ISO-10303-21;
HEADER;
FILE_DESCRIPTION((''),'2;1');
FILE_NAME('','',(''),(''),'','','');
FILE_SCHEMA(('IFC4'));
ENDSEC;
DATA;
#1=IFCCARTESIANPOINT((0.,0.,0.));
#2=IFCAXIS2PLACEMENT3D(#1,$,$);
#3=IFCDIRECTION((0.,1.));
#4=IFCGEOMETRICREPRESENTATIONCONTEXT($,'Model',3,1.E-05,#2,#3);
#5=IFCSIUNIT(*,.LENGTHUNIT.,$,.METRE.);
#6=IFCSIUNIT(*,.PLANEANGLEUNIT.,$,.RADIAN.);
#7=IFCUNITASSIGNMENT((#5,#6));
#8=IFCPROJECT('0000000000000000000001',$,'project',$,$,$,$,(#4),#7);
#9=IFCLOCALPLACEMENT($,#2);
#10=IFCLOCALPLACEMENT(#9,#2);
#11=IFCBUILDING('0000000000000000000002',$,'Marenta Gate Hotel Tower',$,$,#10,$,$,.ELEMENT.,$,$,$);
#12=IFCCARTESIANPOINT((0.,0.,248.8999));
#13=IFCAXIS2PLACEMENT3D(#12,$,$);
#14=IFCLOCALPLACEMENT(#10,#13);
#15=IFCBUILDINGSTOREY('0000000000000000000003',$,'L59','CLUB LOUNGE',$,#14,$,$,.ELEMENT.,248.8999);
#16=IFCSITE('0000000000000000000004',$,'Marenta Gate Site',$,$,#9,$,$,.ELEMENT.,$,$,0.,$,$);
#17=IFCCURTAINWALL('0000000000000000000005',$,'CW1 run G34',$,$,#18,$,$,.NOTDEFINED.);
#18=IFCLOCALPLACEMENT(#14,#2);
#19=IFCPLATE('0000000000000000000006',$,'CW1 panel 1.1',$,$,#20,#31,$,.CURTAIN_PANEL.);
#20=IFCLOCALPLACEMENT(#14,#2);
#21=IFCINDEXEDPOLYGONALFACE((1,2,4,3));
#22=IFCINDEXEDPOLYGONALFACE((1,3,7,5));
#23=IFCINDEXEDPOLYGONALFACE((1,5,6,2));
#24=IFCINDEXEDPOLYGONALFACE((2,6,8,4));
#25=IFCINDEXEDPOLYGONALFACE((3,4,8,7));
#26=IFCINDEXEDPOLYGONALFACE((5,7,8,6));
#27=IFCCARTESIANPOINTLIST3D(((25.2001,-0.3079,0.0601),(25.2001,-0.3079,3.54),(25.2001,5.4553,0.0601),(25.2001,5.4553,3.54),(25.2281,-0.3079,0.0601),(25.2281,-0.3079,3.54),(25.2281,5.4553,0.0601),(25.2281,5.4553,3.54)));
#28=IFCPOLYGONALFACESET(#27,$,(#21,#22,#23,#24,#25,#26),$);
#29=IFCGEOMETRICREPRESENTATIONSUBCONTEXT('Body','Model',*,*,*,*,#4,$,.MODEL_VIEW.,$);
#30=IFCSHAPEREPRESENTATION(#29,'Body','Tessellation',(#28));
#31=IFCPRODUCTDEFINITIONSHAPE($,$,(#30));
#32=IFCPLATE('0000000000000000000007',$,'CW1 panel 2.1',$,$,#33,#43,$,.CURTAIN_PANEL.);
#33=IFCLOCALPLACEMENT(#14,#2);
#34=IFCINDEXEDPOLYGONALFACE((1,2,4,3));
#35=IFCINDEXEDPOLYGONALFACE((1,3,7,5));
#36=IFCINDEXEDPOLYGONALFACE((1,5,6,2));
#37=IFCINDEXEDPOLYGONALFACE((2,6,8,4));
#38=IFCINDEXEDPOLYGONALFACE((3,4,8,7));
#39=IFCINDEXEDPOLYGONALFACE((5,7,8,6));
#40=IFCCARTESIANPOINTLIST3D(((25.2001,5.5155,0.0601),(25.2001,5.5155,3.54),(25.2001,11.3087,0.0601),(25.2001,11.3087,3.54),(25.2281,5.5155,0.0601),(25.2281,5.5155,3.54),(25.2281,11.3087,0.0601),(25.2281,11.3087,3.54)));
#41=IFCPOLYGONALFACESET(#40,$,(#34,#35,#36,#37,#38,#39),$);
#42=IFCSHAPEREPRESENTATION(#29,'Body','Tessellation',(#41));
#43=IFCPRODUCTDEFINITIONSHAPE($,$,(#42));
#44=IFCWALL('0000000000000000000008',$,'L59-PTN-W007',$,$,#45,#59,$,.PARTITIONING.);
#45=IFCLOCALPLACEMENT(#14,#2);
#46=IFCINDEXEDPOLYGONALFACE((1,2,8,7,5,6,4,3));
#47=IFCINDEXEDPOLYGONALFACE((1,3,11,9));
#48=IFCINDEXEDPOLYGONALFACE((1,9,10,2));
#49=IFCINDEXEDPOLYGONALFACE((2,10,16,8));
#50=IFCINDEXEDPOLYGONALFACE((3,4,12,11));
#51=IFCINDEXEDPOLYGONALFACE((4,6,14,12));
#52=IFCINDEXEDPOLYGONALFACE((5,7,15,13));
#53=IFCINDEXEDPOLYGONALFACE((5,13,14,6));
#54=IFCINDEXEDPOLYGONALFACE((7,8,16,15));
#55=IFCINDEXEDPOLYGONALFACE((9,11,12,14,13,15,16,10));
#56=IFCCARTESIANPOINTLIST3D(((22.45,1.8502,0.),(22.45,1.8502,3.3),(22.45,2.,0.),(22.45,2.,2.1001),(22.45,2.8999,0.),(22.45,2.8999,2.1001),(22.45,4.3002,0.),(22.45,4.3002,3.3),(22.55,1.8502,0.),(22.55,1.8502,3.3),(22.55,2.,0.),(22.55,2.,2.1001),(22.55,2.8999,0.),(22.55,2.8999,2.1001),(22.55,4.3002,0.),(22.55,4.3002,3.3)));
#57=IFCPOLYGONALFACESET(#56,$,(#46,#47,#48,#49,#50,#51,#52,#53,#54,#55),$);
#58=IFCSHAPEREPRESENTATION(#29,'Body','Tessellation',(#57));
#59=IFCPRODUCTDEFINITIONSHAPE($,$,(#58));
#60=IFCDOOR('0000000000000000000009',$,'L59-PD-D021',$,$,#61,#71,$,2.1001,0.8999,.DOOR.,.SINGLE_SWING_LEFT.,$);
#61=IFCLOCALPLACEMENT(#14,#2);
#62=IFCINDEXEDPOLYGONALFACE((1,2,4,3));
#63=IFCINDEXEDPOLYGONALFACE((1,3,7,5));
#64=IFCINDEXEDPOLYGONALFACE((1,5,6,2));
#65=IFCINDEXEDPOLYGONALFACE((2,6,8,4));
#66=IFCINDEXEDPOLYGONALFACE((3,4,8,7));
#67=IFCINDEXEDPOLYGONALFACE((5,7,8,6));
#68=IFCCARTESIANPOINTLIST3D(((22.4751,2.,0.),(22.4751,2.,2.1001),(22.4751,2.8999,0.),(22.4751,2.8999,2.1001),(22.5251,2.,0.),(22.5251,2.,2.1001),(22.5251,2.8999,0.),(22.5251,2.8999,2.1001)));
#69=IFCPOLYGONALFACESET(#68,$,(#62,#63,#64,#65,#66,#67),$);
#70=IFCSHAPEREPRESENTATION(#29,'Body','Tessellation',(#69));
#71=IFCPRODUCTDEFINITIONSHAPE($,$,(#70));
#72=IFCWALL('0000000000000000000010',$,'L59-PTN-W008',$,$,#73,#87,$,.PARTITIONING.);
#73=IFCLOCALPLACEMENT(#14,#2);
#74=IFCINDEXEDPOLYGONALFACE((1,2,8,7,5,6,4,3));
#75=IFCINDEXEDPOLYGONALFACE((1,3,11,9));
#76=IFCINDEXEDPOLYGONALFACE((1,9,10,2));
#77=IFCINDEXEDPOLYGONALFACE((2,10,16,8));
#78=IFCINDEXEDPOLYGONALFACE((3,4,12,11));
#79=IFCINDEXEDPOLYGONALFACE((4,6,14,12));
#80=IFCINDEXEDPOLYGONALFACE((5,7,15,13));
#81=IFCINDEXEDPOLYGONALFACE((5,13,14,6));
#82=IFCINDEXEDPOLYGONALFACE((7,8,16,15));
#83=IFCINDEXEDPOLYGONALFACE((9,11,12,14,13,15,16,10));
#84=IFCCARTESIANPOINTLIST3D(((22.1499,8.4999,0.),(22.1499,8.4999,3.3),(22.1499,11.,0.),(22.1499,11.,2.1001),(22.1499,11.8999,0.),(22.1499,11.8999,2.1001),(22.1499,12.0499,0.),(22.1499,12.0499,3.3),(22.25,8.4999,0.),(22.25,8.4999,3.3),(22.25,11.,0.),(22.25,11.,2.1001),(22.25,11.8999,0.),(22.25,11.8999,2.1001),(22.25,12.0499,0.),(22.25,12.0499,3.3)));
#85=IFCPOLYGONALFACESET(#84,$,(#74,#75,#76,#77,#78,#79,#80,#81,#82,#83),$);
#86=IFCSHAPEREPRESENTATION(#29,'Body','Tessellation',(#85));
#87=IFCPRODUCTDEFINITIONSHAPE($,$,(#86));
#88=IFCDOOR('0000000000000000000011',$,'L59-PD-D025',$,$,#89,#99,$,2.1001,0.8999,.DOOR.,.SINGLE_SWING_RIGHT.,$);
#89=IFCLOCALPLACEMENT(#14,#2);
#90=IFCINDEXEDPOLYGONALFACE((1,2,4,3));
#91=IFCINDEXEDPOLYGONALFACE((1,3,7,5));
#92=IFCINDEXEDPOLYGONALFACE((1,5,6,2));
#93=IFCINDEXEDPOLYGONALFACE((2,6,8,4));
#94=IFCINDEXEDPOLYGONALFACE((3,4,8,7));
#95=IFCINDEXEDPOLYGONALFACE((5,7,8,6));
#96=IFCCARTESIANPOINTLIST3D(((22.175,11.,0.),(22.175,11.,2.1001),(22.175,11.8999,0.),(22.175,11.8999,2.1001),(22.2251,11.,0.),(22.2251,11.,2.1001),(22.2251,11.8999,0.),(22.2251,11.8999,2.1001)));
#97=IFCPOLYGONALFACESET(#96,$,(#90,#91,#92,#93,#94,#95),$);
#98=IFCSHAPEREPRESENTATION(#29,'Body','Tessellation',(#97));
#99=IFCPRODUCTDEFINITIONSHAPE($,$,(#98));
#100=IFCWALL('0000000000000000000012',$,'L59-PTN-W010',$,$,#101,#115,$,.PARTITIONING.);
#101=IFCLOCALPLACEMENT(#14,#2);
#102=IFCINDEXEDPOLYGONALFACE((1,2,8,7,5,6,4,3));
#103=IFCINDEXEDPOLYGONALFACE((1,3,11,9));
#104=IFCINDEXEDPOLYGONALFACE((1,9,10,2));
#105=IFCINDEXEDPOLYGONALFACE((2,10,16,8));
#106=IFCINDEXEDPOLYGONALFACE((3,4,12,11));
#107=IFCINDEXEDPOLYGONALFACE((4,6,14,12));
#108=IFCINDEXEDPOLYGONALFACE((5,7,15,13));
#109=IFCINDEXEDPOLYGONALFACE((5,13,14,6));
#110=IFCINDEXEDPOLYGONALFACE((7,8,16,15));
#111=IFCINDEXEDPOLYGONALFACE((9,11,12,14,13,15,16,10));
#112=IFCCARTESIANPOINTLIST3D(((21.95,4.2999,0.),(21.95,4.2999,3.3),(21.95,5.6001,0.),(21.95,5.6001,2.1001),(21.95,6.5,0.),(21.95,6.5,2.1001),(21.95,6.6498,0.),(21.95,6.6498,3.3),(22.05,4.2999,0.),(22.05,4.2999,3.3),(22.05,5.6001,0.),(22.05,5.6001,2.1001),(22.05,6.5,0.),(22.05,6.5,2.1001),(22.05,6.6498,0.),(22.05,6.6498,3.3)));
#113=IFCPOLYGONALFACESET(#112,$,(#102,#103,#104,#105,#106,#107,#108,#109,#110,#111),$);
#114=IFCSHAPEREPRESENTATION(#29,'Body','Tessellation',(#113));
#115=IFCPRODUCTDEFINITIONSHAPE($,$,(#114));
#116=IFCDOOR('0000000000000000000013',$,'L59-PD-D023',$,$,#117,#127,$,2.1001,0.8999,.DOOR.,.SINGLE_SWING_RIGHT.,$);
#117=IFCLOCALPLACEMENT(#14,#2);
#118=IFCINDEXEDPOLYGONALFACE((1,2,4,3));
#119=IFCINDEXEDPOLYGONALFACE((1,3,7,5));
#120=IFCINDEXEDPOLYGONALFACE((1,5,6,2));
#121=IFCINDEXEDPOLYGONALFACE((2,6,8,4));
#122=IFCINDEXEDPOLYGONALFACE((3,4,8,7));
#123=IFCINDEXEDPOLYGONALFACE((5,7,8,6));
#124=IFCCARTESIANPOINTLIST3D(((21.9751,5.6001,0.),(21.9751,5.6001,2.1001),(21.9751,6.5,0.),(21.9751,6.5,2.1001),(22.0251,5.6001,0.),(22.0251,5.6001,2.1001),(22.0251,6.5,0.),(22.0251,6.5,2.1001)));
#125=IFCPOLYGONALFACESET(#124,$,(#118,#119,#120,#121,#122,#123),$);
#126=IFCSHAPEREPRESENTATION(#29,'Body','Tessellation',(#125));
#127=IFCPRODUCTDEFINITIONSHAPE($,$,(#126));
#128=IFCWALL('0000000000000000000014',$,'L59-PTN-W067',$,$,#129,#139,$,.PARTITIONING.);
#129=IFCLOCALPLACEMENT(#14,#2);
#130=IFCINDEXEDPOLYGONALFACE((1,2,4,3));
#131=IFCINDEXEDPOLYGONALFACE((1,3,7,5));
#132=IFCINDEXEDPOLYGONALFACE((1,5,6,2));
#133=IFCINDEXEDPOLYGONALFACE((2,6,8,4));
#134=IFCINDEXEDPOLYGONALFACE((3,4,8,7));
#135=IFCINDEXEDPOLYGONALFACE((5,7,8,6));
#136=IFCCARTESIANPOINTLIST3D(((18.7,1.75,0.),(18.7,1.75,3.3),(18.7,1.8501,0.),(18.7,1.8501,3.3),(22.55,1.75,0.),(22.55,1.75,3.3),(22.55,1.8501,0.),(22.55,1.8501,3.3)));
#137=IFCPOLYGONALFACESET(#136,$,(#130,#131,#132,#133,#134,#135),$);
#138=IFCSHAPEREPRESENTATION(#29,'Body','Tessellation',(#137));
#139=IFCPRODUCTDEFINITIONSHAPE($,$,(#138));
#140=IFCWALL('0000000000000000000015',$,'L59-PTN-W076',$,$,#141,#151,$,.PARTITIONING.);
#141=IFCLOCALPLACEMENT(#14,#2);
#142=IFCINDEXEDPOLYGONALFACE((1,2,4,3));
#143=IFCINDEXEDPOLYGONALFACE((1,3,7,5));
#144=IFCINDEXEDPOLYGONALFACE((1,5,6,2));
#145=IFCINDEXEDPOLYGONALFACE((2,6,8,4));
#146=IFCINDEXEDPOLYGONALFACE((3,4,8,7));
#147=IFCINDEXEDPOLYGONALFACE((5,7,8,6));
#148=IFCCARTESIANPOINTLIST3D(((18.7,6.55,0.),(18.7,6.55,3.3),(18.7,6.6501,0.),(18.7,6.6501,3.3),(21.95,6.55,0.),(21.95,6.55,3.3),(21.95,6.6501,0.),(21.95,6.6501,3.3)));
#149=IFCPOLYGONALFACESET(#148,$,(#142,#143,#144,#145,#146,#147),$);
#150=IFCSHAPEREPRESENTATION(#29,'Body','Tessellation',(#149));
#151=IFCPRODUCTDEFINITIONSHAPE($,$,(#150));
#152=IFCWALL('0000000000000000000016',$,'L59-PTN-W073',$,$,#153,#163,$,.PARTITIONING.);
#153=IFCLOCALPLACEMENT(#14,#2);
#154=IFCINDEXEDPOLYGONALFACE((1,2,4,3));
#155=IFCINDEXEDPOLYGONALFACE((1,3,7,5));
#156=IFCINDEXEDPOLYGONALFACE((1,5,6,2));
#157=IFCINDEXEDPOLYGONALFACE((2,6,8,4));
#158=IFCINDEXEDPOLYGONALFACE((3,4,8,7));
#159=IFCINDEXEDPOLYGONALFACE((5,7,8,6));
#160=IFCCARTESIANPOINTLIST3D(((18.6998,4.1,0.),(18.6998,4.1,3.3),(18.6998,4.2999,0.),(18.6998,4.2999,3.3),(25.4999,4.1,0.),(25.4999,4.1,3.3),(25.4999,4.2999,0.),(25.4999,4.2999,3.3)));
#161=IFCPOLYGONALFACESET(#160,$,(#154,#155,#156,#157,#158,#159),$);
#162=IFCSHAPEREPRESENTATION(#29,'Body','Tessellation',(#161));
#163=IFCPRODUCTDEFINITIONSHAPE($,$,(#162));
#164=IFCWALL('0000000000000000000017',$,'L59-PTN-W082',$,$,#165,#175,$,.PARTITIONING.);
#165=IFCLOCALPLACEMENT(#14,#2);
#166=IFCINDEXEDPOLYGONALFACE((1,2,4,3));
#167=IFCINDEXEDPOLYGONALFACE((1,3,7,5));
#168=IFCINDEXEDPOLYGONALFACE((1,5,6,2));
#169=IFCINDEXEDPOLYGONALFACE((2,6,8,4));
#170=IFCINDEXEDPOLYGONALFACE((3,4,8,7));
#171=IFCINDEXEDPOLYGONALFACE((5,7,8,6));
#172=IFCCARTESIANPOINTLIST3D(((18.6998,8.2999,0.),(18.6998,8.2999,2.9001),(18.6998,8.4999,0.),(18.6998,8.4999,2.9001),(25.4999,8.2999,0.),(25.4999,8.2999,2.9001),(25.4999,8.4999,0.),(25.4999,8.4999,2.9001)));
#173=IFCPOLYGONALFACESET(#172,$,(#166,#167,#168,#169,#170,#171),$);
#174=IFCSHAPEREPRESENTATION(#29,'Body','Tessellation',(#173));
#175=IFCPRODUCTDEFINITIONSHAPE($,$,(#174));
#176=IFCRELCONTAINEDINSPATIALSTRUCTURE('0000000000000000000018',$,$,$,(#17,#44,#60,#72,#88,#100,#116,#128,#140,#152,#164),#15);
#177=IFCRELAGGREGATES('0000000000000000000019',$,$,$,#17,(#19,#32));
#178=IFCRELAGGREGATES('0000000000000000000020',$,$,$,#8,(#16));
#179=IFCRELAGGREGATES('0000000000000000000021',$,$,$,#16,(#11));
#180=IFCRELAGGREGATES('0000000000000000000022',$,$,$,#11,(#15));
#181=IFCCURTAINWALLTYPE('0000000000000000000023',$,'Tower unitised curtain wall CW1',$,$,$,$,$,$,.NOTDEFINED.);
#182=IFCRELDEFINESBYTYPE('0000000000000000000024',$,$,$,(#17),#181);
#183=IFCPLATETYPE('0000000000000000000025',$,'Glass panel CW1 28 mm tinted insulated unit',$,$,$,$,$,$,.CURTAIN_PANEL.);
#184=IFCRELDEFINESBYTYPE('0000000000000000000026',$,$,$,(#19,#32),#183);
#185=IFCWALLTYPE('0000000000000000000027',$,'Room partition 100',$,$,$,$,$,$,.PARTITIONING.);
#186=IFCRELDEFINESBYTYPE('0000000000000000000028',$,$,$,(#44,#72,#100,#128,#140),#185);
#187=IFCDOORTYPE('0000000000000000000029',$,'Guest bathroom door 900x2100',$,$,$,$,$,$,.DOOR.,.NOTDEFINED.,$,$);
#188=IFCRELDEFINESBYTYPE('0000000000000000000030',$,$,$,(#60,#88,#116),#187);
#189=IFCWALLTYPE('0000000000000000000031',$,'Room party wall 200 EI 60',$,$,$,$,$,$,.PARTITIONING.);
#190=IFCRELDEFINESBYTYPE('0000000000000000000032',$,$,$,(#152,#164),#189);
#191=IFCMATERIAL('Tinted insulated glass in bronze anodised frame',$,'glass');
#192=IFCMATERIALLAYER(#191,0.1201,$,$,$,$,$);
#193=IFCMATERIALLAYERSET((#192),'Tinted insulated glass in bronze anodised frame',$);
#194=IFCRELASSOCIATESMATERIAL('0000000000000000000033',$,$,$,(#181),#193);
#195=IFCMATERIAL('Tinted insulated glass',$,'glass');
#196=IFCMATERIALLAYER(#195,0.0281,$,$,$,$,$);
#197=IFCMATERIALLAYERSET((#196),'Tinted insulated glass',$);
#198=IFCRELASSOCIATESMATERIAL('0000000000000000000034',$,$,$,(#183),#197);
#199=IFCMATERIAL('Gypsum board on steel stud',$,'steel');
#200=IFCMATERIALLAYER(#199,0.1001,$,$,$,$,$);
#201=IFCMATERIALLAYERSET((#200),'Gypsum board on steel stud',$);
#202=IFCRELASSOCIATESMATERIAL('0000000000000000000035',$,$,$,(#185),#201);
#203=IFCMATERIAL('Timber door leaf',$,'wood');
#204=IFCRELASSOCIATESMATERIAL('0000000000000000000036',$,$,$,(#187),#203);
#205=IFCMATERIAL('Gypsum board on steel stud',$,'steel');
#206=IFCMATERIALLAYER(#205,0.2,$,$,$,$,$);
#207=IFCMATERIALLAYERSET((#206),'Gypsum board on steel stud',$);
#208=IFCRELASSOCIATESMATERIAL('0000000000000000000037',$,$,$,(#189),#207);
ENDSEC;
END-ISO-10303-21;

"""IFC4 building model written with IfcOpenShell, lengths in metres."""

from ifc_helpers import new_model, si_unit, direction, frame, frame_2d, origin, origin_2d, place, context, subcontext, project, spatial, rectangle, extrude, material, layer, layer_set, type_object, element, fill, aggregate, save


model = new_model("IFC4")

# Units and contexts
model_context = context("Model", 3, precision=1e-05, world=origin(), true_north=direction((0.0, 1.0)))
body_context = subcontext(model_context, "Body", "Model", "MODEL_VIEW")
ifc_project = project(units=[si_unit("LENGTHUNIT", "METRE"), si_unit("PLANEANGLEUNIT", "RADIAN")], contexts=[model_context])

# Site, building, storey
site_placement = place(None, origin())
site = spatial("IfcSite", under=ifc_project, at=site_placement, Name="Marenta Gate Site", CompositionType="ELEMENT", RefElevation=0.0)
building_placement = place(site_placement, origin())
building = spatial("IfcBuilding", under=site, at=building_placement, Name="Marenta Gate Hotel Tower", CompositionType="ELEMENT")
storey_placement = place(building_placement, frame((0.0, 0.0, 248.8999)))
storey = spatial("IfcBuildingStorey", under=building, at=storey_placement, Name="L59", Description="CLUB LOUNGE", CompositionType="ELEMENT", Elevation=248.8999)

# Curtain wall, plates
ifc_material_1 = material(Name="Tinted insulated glass in bronze anodised frame", Category="glass")
ifc_layer_1 = layer(ifc_material_1, 0.1201)
ifc_layer_set_1 = layer_set([ifc_layer_1], Name="Tinted insulated glass in bronze anodised frame")
curtain_wall_type = type_object("IfcCurtainWallType", Name="Tower unitised curtain wall CW1", PredefinedType="NOTDEFINED", material=ifc_layer_set_1)
curtain_wall_placement = place(storey_placement, origin())
curtain_wall = element("IfcCurtainWall", 1, at=curtain_wall_placement, inside=storey, type_object=curtain_wall_type, Name="CW1 run G34", PredefinedType="NOTDEFINED")
ifc_material_2 = material(Name="Tinted insulated glass", Category="glass")
ifc_layer_2 = layer(ifc_material_2, 0.0281)
ifc_layer_set_2 = layer_set([ifc_layer_2], Name="Tinted insulated glass")
plate_type = type_object("IfcPlateType", Name="Glass panel CW1 28 mm tinted insulated unit", PredefinedType="CURTAIN_PANEL", material=ifc_layer_set_2)
plate_1_placement = place(storey_placement, frame((25.2141, 2.5737, 0.0601), z_axis=(0.0, 0.0, 1.0), x_axis=(0.0, 1.0, 0.0)))
plate_1 = element("IfcPlate", 2, at=plate_1_placement, type_object=plate_type, Name="CW1 panel 1.1", PredefinedType="CURTAIN_PANEL", context=body_context, shape_type="SweptSolid", body=[
    extrude(rectangle(XDim=5.7632, YDim=0.0281, at=origin_2d()), origin(), (0.0, 0.0, 1.0), 3.48),
])
plate_2_placement = place(storey_placement, frame((25.2141, 8.4121, 0.0601), z_axis=(0.0, 0.0, 1.0), x_axis=(0.0, 1.0, 0.0)))
plate_2 = element("IfcPlate", 3, at=plate_2_placement, type_object=plate_type, Name="CW1 panel 2.1", PredefinedType="CURTAIN_PANEL", context=body_context, shape_type="SweptSolid", body=[
    extrude(rectangle(XDim=5.7932, YDim=0.0281, at=origin_2d()), origin(), (0.0, 0.0, 1.0), 3.48),
])
aggregate(curtain_wall, [plate_1, plate_2])

# Walls, openings, doors
ifc_material_3 = material(Name="Gypsum board on steel stud", Category="steel")
ifc_layer_3 = layer(ifc_material_3, 0.1001)
ifc_layer_set_3 = layer_set([ifc_layer_3], Name="Gypsum board on steel stud")
wall_type_1 = type_object("IfcWallType", Name="Room partition 100", PredefinedType="PARTITIONING", material=ifc_layer_set_3)
wall_1_placement = place(storey_placement, frame((22.5, 1.8501, 0.0), z_axis=(0.0, 0.0, 1.0), x_axis=(0.0, 1.0, 0.0)))
wall_1 = element("IfcWall", 4, at=wall_1_placement, inside=storey, type_object=wall_type_1, Name="L59-PTN-W007", PredefinedType="PARTITIONING", context=body_context, shape_type="SweptSolid", body=[
    extrude(rectangle(XDim=2.45, YDim=0.1001, at=frame_2d((1.2251, 0.0))), origin(), (0.0, 0.0, 1.0), 3.3),
])
opening_1_placement = place(wall_1_placement, frame((0.1499, 0.0, 0.0)))
opening_1 = element("IfcOpeningElement", 5, at=opening_1_placement, cuts=wall_1, PredefinedType="OPENING", context=body_context, shape_type="SweptSolid", body=[
    extrude(rectangle(XDim=0.8999, YDim=2.1001, at=frame_2d((0.45, 1.05))), frame((0.0, 0.05, 0.0), z_axis=(0.0, -1.0, 0.0), x_axis=(1.0, 0.0, 0.0)), (0.0, 0.0, 1.0), 0.1001),
])
ifc_material_4 = material(Name="Timber door leaf", Category="wood")
door_type = type_object("IfcDoorType", Name="Guest bathroom door 900x2100", OperationType="NOTDEFINED", PredefinedType="DOOR", material=ifc_material_4)
door_1_placement = place(opening_1_placement, origin())
door_1 = element("IfcDoor", 6, at=door_1_placement, inside=storey, type_object=door_type, Name="L59-PD-D021", OperationType="SINGLE_SWING_LEFT", OverallHeight=2.1001, OverallWidth=0.8999, PredefinedType="DOOR", context=body_context, shape_type="SweptSolid", body=[
    extrude(rectangle(XDim=0.8999, YDim=2.1001, at=frame_2d((0.45, 1.05))), frame((0.0, 0.0249, 0.0), z_axis=(0.0, -1.0, 0.0), x_axis=(1.0, 0.0, 0.0)), (0.0, 0.0, 1.0), 0.05),
])
fill(opening_1, door_1)
wall_2_placement = place(storey_placement, frame((22.2, 8.5, 0.0), z_axis=(0.0, 0.0, 1.0), x_axis=(0.0, 1.0, 0.0)))
wall_2 = element("IfcWall", 7, at=wall_2_placement, inside=storey, type_object=wall_type_1, Name="L59-PTN-W008", PredefinedType="PARTITIONING", context=body_context, shape_type="SweptSolid", body=[
    extrude(rectangle(XDim=3.55, YDim=0.1001, at=frame_2d((1.7749, 0.0))), origin(), (0.0, 0.0, 1.0), 3.3),
])
opening_2_placement = place(wall_2_placement, frame((2.5, 0.0, 0.0)))
opening_2 = element("IfcOpeningElement", 8, at=opening_2_placement, cuts=wall_2, PredefinedType="OPENING", context=body_context, shape_type="SweptSolid", body=[
    extrude(rectangle(XDim=0.8999, YDim=2.1001, at=frame_2d((0.45, 1.05))), frame((0.0, 0.05, 0.0), z_axis=(0.0, -1.0, 0.0), x_axis=(1.0, 0.0, 0.0)), (0.0, 0.0, 1.0), 0.1001),
])
door_2_placement = place(opening_2_placement, origin())
door_2 = element("IfcDoor", 9, at=door_2_placement, inside=storey, type_object=door_type, Name="L59-PD-D025", OperationType="SINGLE_SWING_RIGHT", OverallHeight=2.1001, OverallWidth=0.8999, PredefinedType="DOOR", context=body_context, shape_type="SweptSolid", body=[
    extrude(rectangle(XDim=0.8999, YDim=2.1001, at=frame_2d((0.45, 1.05))), frame((0.0, 0.0249, 0.0), z_axis=(0.0, -1.0, 0.0), x_axis=(1.0, 0.0, 0.0)), (0.0, 0.0, 1.0), 0.05),
])
fill(opening_2, door_2)
wall_3_placement = place(storey_placement, frame((22.0, 4.3, 0.0), z_axis=(0.0, 0.0, 1.0), x_axis=(0.0, 1.0, 0.0)))
wall_3 = element("IfcWall", 10, at=wall_3_placement, inside=storey, type_object=wall_type_1, Name="L59-PTN-W010", PredefinedType="PARTITIONING", context=body_context, shape_type="SweptSolid", body=[
    extrude(rectangle(XDim=2.3499, YDim=0.1001, at=frame_2d((1.1748, 0.0))), origin(), (0.0, 0.0, 1.0), 3.3),
])
opening_3_placement = place(wall_3_placement, frame((1.3, 0.0, 0.0)))
opening_3 = element("IfcOpeningElement", 11, at=opening_3_placement, cuts=wall_3, PredefinedType="OPENING", context=body_context, shape_type="SweptSolid", body=[
    extrude(rectangle(XDim=0.8999, YDim=2.1001, at=frame_2d((0.45, 1.05))), frame((0.0, 0.05, 0.0), z_axis=(0.0, -1.0, 0.0), x_axis=(1.0, 0.0, 0.0)), (0.0, 0.0, 1.0), 0.1001),
])
door_3_placement = place(opening_3_placement, origin())
door_3 = element("IfcDoor", 12, at=door_3_placement, inside=storey, type_object=door_type, Name="L59-PD-D023", OperationType="SINGLE_SWING_RIGHT", OverallHeight=2.1001, OverallWidth=0.8999, PredefinedType="DOOR", context=body_context, shape_type="SweptSolid", body=[
    extrude(rectangle(XDim=0.8999, YDim=2.1001, at=frame_2d((0.45, 1.05))), frame((0.0, 0.0249, 0.0), z_axis=(0.0, -1.0, 0.0), x_axis=(1.0, 0.0, 0.0)), (0.0, 0.0, 1.0), 0.05),
])
fill(opening_3, door_3)

# Walls
wall_4_placement = place(storey_placement, frame((18.7, 1.8, 0.0), z_axis=(0.0, 0.0, 1.0), x_axis=(1.0, 0.0, 0.0)))
element("IfcWall", 13, at=wall_4_placement, inside=storey, type_object=wall_type_1, Name="L59-PTN-W067", PredefinedType="PARTITIONING", context=body_context, shape_type="SweptSolid", body=[
    extrude(rectangle(XDim=3.8501, YDim=0.1001, at=frame_2d((1.925, 0.0))), origin(), (0.0, 0.0, 1.0), 3.3),
])
wall_5_placement = place(storey_placement, frame((18.7, 6.6001, 0.0), z_axis=(0.0, 0.0, 1.0), x_axis=(1.0, 0.0, 0.0)))
element("IfcWall", 14, at=wall_5_placement, inside=storey, type_object=wall_type_1, Name="L59-PTN-W076", PredefinedType="PARTITIONING", context=body_context, shape_type="SweptSolid", body=[
    extrude(rectangle(XDim=3.25, YDim=0.1001, at=frame_2d((1.625, 0.0))), origin(), (0.0, 0.0, 1.0), 3.3),
])
ifc_material_5 = material(Name="Gypsum board on steel stud", Category="steel")
ifc_layer_4 = layer(ifc_material_5, 0.2)
ifc_layer_set_4 = layer_set([ifc_layer_4], Name="Gypsum board on steel stud")
wall_type_2 = type_object("IfcWallType", Name="Room party wall 200 EI 60", PredefinedType="PARTITIONING", material=ifc_layer_set_4)
wall_6_placement = place(storey_placement, frame((18.7, 4.2, 0.0), z_axis=(0.0, 0.0, 1.0), x_axis=(1.0, 0.0, 0.0)))
element("IfcWall", 15, at=wall_6_placement, inside=storey, type_object=wall_type_2, Name="L59-PTN-W073", PredefinedType="PARTITIONING", context=body_context, shape_type="SweptSolid", body=[
    extrude(rectangle(XDim=6.8, YDim=0.2, at=frame_2d((3.3999, 0.0))), origin(), (0.0, 0.0, 1.0), 3.3),
])
wall_7_placement = place(storey_placement, frame((18.7, 8.3999, 0.0), z_axis=(0.0, 0.0, 1.0), x_axis=(1.0, 0.0, 0.0)))
element("IfcWall", 16, at=wall_7_placement, inside=storey, type_object=wall_type_2, Name="L59-PTN-W082", PredefinedType="PARTITIONING", context=body_context, shape_type="SweptSolid", body=[
    extrude(rectangle(XDim=6.8, YDim=0.2, at=frame_2d((3.3999, 0.0))), origin(), (0.0, 0.0, 1.0), 2.9001),
])

save(model, "model.ifc")
